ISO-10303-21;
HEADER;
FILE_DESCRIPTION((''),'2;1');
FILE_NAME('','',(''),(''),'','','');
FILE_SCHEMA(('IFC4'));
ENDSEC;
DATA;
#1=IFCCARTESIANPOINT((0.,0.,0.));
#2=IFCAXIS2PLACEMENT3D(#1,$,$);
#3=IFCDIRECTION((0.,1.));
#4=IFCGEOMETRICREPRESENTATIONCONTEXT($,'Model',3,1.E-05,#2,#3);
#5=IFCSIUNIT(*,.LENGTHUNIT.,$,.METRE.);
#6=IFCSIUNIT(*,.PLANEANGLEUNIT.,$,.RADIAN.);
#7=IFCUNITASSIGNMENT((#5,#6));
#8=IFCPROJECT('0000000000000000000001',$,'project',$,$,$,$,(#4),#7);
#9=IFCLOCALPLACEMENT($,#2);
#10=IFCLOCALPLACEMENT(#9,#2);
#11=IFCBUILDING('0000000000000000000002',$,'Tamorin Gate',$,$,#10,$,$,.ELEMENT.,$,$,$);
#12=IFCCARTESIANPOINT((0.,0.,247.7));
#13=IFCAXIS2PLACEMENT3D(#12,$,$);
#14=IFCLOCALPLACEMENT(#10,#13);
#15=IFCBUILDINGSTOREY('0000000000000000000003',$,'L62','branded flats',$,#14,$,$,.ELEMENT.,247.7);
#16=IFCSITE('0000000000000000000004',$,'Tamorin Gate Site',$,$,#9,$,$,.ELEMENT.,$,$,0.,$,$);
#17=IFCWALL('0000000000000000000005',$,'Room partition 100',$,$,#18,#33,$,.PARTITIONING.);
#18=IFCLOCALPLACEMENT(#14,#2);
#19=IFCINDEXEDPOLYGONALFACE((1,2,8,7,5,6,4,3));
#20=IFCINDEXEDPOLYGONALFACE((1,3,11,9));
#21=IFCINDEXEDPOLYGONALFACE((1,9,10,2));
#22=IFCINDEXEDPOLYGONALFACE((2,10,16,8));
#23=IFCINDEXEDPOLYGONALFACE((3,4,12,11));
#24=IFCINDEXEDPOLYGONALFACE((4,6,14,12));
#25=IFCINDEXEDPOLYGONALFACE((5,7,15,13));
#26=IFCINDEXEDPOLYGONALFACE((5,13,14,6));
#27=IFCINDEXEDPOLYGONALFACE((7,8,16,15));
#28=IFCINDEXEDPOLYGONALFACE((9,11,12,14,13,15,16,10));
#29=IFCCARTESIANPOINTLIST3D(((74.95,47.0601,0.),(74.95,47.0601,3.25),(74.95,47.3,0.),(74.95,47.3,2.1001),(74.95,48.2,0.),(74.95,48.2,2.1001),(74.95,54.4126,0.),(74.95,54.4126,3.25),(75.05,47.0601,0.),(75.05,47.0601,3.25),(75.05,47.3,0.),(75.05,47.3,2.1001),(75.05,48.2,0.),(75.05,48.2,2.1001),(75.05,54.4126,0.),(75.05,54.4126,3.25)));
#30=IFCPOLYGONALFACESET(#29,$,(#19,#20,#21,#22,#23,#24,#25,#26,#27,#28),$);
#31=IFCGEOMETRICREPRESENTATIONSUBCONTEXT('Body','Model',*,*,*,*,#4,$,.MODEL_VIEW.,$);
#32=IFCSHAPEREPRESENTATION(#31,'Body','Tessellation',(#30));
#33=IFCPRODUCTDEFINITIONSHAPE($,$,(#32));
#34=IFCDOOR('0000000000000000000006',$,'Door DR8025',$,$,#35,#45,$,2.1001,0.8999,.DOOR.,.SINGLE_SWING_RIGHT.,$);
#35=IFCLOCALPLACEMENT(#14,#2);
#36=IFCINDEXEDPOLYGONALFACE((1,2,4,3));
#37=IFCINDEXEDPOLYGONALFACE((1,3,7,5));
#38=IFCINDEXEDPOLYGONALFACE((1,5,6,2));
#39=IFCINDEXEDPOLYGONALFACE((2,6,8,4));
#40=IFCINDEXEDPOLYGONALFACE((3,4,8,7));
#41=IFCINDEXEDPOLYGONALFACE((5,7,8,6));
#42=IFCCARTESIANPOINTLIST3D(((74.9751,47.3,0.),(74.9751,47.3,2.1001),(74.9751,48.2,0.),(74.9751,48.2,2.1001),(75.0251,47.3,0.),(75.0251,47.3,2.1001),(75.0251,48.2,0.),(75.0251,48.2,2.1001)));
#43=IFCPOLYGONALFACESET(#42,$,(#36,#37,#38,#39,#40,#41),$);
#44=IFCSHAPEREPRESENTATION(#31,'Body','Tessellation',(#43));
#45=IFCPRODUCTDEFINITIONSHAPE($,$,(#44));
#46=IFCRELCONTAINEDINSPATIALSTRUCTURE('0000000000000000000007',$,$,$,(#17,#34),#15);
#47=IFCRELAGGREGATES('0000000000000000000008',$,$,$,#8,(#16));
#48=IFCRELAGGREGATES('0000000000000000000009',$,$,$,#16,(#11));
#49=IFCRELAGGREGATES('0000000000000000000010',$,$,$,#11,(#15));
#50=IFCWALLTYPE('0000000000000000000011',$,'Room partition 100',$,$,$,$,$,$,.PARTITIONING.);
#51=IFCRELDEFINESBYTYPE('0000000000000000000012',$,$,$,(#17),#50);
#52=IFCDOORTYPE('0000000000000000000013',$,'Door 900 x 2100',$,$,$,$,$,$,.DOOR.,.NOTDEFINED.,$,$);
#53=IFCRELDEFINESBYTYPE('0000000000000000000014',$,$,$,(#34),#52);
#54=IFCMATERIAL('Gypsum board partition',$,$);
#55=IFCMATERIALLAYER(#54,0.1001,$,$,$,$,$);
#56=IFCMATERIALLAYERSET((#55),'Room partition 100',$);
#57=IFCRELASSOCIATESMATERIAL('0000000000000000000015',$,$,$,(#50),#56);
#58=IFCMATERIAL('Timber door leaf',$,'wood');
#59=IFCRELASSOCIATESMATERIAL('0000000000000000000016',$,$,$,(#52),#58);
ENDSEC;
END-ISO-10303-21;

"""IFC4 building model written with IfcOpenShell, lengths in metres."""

from ifc_helpers import new_model, si_unit, direction, frame, frame_2d, origin, place, context, subcontext, project, spatial, rectangle, extrude, material, layer, layer_set, type_object, element, fill, save


model = new_model("IFC4")

# Units and contexts
model_context = context("Model", 3, precision=1e-05, world=origin(), true_north=direction((0.0, 1.0)))
body_context = subcontext(model_context, "Body", "Model", "MODEL_VIEW")
ifc_project = project(units=[si_unit("LENGTHUNIT", "METRE"), si_unit("PLANEANGLEUNIT", "RADIAN")], contexts=[model_context])

# Site, building, storey
site_placement = place(None, origin())
site = spatial("IfcSite", under=ifc_project, at=site_placement, Name="Tamorin Gate Site", CompositionType="ELEMENT", RefElevation=0.0)
building_placement = place(site_placement, origin())
building = spatial("IfcBuilding", under=site, at=building_placement, Name="Tamorin Gate", CompositionType="ELEMENT")
storey_placement = place(building_placement, frame((0.0, 0.0, 247.7)))
storey = spatial("IfcBuildingStorey", under=building, at=storey_placement, Name="L62", Description="branded flats", CompositionType="ELEMENT", Elevation=247.7)

# Wall, opening, door
ifc_material_1 = material(Name="Gypsum board partition")
ifc_layer_1 = layer(ifc_material_1, 0.1001)
ifc_layer_set_1 = layer_set([ifc_layer_1], Name="Room partition 100")
wall_type_1 = type_object("IfcWallType", Name="Room partition 100", PredefinedType="PARTITIONING", material=ifc_layer_set_1)
ifc_material_2 = material(Name="Timber door leaf", Category="wood")
door_type = type_object("IfcDoorType", Name="Door 900 x 2100", OperationType="NOTDEFINED", PredefinedType="DOOR", material=ifc_material_2)
wall_1_placement = place(storey_placement, frame((75.0, 47.0601, 0.0), z_axis=(0.0, 0.0, 1.0), x_axis=(0.0, 1.0, 0.0)))
wall_1 = element("IfcWall", 1, at=wall_1_placement, inside=storey, type_object=wall_type_1, Name="Room partition 100", PredefinedType="PARTITIONING", context=body_context, shape_type="SweptSolid", body=[
    extrude(rectangle(XDim=7.3525, YDim=0.1001, at=frame_2d((3.6763, 0.0))), origin(), (0.0, 0.0, 1.0), 3.25),
])
opening_1_placement = place(wall_1_placement, frame((0.24, 0.0, 0.0)))
opening_1 = element("IfcOpeningElement", 2, at=opening_1_placement, cuts=wall_1, PredefinedType="OPENING", context=body_context, shape_type="SweptSolid", body=[
    extrude(rectangle(XDim=0.8999, YDim=2.1001, at=frame_2d((0.45, 1.05))), frame((0.0, 0.0601, 0.0), z_axis=(0.0, -1.0, 0.0), x_axis=(1.0, 0.0, 0.0)), (0.0, 0.0, 1.0), 0.1201),
])
door_1_placement = place(opening_1_placement, origin())
door_1 = element("IfcDoor", 3, at=door_1_placement, inside=storey, type_object=door_type, Name="Door DR8025", OperationType="SINGLE_SWING_RIGHT", OverallHeight=2.1001, OverallWidth=0.8999, PredefinedType="DOOR", context=body_context, shape_type="SweptSolid", body=[
    extrude(rectangle(XDim=0.8999, YDim=2.1001, at=frame_2d((0.45, 1.05))), frame((0.0, 0.0249, 0.0), z_axis=(0.0, -1.0, 0.0), x_axis=(1.0, 0.0, 0.0)), (0.0, 0.0, 1.0), 0.05),
])
fill(opening_1, door_1)

save(model, "model.ifc")
